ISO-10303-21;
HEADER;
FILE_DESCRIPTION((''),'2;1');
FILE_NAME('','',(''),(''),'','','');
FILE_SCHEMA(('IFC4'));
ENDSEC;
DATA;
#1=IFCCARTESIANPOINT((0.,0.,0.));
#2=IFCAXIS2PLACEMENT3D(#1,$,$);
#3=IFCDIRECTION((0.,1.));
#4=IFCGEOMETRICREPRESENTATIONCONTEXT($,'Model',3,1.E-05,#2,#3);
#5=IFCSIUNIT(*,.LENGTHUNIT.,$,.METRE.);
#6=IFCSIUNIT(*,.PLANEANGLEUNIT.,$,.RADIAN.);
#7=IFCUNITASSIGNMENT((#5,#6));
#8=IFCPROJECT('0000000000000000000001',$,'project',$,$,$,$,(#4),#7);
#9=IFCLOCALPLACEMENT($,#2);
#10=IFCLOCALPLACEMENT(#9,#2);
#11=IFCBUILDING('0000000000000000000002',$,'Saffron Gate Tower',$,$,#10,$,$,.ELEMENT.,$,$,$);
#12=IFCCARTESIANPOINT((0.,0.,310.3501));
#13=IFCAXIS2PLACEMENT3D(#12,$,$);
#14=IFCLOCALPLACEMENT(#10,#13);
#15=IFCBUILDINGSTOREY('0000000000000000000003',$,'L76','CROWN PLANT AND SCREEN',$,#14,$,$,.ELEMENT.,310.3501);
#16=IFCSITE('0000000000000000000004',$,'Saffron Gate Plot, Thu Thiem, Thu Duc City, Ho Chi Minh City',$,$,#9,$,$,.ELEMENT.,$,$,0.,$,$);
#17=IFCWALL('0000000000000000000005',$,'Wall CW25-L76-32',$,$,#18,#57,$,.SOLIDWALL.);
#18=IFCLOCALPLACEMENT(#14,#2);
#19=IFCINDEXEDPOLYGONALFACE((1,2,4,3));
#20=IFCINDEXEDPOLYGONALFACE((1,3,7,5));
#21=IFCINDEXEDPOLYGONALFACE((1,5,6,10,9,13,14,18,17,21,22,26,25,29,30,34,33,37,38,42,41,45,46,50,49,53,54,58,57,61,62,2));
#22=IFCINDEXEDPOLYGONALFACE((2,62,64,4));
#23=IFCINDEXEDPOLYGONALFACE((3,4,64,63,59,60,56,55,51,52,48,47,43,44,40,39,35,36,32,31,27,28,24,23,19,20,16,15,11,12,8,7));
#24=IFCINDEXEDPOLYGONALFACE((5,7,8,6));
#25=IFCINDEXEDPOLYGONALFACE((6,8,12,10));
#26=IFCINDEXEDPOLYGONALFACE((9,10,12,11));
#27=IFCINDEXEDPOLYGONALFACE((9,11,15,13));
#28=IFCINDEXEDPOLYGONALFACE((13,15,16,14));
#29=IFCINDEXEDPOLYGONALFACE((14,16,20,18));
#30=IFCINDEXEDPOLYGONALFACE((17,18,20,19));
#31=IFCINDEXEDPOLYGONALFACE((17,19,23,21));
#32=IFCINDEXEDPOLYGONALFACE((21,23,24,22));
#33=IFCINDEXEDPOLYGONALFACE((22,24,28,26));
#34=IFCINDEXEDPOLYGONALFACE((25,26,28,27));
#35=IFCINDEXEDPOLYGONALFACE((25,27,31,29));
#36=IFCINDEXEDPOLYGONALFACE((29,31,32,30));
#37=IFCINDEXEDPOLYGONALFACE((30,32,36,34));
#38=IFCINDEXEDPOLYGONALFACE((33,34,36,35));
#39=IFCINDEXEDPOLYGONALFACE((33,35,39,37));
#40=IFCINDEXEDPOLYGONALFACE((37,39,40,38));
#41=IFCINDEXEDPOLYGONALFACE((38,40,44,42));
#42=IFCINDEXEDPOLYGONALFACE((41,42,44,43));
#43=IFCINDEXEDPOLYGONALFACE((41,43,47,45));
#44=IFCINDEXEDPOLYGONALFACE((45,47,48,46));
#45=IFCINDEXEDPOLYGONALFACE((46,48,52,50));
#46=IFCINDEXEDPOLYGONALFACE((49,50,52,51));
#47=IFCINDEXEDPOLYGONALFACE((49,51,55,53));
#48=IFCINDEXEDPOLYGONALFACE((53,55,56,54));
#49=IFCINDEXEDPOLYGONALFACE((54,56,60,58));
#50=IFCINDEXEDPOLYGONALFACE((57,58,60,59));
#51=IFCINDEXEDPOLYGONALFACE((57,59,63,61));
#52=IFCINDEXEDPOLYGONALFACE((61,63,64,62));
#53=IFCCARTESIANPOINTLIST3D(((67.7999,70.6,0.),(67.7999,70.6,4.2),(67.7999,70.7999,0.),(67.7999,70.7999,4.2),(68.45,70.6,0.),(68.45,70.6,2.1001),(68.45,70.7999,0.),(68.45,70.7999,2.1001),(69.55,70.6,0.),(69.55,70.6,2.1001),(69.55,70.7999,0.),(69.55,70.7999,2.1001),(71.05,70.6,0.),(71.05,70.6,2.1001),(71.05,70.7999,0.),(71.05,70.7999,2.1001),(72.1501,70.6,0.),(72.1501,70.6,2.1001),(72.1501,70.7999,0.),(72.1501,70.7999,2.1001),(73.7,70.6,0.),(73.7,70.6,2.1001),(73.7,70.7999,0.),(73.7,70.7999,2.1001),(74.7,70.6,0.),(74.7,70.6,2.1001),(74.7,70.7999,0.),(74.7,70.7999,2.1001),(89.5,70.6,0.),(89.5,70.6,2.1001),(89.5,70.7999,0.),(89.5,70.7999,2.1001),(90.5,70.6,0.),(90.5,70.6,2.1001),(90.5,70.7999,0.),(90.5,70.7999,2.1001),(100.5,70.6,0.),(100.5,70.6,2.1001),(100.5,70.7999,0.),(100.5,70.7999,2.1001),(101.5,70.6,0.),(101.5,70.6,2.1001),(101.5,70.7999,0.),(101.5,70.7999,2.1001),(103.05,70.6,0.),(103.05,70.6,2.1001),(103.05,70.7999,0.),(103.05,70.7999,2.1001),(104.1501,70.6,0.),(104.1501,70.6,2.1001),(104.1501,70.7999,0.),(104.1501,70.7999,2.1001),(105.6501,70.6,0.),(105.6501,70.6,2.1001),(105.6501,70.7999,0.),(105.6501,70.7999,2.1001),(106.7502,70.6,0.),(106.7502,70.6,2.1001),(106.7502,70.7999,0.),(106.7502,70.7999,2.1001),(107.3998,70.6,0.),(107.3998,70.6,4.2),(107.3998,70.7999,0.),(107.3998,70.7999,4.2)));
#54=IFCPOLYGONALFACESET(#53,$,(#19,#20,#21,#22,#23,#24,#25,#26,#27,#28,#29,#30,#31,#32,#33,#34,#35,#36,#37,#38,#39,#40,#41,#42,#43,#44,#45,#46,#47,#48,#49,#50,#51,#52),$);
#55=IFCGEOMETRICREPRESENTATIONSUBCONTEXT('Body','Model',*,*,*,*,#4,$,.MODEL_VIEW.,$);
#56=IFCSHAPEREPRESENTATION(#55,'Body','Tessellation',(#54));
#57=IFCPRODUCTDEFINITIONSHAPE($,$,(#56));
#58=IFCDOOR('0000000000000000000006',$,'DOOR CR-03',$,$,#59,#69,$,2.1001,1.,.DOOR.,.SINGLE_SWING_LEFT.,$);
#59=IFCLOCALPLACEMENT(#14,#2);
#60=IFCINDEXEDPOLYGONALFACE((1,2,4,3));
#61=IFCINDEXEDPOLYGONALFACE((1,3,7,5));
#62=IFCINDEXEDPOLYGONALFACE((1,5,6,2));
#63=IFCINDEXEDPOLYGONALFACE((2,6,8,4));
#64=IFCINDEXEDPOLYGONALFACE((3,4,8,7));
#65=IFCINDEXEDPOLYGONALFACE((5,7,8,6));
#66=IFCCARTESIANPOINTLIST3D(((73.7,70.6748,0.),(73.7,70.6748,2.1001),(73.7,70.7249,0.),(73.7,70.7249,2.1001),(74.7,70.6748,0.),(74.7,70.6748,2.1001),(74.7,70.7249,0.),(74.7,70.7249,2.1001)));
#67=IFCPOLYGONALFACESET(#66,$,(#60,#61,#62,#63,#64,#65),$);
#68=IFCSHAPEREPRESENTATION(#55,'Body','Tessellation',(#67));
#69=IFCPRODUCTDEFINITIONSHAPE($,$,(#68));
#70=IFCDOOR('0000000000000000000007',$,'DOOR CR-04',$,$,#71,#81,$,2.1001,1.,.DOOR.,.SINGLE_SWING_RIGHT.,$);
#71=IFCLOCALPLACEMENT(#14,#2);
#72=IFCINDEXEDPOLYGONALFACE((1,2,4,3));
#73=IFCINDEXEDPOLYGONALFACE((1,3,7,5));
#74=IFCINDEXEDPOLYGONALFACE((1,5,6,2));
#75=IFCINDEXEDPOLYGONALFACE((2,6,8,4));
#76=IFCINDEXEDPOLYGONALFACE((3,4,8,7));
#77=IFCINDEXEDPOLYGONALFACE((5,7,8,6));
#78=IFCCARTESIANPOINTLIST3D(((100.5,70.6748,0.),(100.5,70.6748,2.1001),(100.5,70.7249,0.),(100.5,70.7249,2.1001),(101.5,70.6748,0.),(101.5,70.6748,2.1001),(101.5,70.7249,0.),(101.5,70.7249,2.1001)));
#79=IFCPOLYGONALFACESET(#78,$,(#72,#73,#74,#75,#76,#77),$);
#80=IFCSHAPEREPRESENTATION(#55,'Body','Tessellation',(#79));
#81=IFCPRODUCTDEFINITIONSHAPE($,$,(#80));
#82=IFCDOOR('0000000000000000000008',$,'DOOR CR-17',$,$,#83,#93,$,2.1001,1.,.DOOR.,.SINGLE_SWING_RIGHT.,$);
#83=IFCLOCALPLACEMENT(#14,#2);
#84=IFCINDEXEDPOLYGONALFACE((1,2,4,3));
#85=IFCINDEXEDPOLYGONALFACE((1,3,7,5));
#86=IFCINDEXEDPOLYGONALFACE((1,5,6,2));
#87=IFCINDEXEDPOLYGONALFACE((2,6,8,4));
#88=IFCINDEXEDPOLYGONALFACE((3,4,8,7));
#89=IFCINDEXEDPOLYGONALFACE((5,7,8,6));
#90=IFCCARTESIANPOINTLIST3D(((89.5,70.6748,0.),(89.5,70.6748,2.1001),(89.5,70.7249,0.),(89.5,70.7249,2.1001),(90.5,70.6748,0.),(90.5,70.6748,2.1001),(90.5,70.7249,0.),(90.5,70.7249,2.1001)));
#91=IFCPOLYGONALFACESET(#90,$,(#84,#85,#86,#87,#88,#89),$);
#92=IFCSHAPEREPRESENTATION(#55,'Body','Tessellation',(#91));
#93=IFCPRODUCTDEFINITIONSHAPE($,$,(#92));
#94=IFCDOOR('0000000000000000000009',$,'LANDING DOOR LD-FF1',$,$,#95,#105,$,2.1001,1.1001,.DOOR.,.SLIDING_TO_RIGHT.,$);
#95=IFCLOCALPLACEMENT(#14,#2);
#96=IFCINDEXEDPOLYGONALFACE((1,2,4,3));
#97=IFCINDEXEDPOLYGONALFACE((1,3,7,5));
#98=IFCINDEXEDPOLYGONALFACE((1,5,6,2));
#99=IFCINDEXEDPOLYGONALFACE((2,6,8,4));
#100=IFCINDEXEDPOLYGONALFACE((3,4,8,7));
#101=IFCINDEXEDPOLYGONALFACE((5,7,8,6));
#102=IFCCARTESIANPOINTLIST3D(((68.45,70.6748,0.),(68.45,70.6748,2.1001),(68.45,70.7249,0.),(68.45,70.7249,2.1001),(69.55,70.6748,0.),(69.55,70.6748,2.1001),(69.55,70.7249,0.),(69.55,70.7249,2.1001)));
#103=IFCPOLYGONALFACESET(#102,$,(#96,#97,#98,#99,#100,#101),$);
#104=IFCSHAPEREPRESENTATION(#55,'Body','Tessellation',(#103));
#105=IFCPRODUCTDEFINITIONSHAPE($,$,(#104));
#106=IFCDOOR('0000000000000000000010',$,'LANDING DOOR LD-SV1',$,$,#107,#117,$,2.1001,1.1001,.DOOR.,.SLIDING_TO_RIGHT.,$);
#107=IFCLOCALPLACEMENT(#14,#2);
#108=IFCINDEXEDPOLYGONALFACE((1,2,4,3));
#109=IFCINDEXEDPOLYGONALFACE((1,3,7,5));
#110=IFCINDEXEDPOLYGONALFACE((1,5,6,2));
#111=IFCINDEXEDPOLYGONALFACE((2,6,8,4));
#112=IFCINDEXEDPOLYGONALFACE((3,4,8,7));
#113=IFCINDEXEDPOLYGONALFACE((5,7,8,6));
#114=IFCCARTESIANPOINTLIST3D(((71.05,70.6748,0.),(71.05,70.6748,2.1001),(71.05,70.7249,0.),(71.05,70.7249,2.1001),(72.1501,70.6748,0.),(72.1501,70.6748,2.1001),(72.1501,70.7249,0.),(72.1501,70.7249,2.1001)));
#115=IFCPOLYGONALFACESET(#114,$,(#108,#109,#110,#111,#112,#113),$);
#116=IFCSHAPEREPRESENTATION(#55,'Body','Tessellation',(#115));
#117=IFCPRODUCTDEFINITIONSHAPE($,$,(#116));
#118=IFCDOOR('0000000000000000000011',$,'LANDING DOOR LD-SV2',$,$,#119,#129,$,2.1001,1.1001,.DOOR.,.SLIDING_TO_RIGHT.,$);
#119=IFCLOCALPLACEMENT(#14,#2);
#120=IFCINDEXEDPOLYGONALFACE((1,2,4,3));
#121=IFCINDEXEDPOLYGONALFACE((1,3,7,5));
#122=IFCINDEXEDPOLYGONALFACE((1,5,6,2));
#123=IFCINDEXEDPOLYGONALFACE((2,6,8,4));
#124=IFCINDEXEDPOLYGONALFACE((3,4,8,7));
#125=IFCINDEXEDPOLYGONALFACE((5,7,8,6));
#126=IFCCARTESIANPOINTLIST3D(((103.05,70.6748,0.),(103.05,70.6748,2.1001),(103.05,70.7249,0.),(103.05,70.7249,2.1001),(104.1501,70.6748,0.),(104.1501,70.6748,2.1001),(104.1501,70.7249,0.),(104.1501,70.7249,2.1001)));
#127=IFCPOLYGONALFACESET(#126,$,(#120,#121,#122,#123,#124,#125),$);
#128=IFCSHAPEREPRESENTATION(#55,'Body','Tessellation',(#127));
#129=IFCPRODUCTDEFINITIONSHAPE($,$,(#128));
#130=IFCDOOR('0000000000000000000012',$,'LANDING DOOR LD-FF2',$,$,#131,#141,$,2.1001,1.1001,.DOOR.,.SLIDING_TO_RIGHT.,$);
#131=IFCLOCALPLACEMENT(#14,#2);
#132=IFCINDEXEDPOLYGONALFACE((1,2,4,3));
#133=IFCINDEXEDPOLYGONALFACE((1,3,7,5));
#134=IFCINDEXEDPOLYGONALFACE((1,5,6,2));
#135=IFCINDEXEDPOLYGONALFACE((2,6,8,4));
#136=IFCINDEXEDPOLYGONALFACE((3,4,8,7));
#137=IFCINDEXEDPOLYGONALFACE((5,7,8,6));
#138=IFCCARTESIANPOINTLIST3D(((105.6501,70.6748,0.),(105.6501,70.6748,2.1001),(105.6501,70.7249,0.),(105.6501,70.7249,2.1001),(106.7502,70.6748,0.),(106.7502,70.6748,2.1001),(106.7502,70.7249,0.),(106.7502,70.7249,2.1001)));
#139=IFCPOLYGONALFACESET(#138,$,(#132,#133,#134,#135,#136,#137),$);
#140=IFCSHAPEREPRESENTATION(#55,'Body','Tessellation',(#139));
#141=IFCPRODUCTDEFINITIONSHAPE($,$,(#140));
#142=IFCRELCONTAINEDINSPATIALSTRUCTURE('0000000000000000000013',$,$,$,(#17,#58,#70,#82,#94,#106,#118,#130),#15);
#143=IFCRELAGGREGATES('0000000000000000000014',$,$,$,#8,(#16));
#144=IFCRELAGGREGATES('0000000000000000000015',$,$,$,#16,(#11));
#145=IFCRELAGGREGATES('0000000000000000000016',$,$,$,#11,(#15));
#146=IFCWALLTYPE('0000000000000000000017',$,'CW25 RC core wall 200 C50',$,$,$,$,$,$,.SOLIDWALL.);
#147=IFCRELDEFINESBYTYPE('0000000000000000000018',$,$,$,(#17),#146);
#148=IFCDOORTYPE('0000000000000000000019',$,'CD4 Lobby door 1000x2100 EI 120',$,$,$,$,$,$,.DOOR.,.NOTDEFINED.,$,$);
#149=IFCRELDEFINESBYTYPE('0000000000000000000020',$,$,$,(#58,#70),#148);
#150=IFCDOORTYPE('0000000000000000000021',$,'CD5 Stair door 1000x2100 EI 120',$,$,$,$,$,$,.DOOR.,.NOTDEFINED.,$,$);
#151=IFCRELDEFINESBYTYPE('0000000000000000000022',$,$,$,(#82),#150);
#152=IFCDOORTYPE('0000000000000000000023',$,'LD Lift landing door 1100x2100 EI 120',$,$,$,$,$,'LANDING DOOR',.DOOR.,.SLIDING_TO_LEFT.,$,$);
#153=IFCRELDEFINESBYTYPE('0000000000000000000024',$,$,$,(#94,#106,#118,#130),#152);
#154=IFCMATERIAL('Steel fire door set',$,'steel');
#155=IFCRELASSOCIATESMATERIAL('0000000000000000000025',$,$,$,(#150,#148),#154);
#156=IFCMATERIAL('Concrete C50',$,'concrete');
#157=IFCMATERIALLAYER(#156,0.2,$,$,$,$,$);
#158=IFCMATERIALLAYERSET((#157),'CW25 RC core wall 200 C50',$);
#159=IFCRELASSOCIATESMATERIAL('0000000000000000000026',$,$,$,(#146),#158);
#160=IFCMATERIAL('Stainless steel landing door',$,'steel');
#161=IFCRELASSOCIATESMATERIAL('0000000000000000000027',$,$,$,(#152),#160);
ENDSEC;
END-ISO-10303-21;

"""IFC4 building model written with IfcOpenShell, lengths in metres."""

from ifc_helpers import new_model, si_unit, direction, frame, frame_2d, origin, place, context, subcontext, project, spatial, rectangle, extrude, material, layer, layer_set, type_object, element, fill, save


model = new_model("IFC4")

# Units and contexts
model_context = context("Model", 3, precision=1e-05, world=origin(), true_north=direction((0.0, 1.0)))
body_context = subcontext(model_context, "Body", "Model", "MODEL_VIEW")
ifc_project = project(units=[si_unit("LENGTHUNIT", "METRE"), si_unit("PLANEANGLEUNIT", "RADIAN")], contexts=[model_context])

# Site, building, storey
site_placement = place(None, origin())
site = spatial("IfcSite", under=ifc_project, at=site_placement, Name="Saffron Gate Plot, Thu Thiem, Thu Duc City, Ho Chi Minh City", CompositionType="ELEMENT", RefElevation=0.0)
building_placement = place(site_placement, origin())
building = spatial("IfcBuilding", under=site, at=building_placement, Name="Saffron Gate Tower", CompositionType="ELEMENT")
storey_placement = place(building_placement, frame((0.0, 0.0, 310.3501)))
storey = spatial("IfcBuildingStorey", under=building, at=storey_placement, Name="L76", Description="CROWN PLANT AND SCREEN", CompositionType="ELEMENT", Elevation=310.3501)

# Shared definitions
ifc_material_1 = material(Name="Concrete C50", Category="concrete")
ifc_material_2 = material(Name="Steel fire door set", Category="steel")

# Wall, openings, doors
door_type_1 = type_object("IfcDoorType", Name="CD5 Stair door 1000x2100 EI 120", OperationType="NOTDEFINED", PredefinedType="DOOR", material=ifc_material_2)
ifc_layer_1 = layer(ifc_material_1, 0.2)
ifc_layer_set_1 = layer_set([ifc_layer_1], Name="CW25 RC core wall 200 C50")
wall_type_1 = type_object("IfcWallType", Name="CW25 RC core wall 200 C50", PredefinedType="SOLIDWALL", material=ifc_layer_set_1)
wall_1_placement = place(storey_placement, frame((67.8, 70.7, 0.0), z_axis=(0.0, 0.0, 1.0), x_axis=(1.0, 0.0, 0.0)))
wall_1 = element("IfcWall", 1, at=wall_1_placement, inside=storey, type_object=wall_type_1, Name="Wall CW25-L76-32", PredefinedType="SOLIDWALL", context=body_context, shape_type="SweptSolid", body=[
    extrude(rectangle(XDim=39.5999, YDim=0.2, at=frame_2d((19.7998, 0.0))), origin(), (0.0, 0.0, 1.0), 4.2),
])
opening_1_placement = place(wall_1_placement, frame((0.6499, 0.0, 0.0)))
opening_1 = element("IfcOpeningElement", 2, at=opening_1_placement, cuts=wall_1, PredefinedType="OPENING", context=body_context, shape_type="SweptSolid", body=[
    extrude(rectangle(XDim=1.1001, YDim=2.1001, at=frame_2d((0.55, 1.05))), frame((0.0, 0.1099, 0.0), z_axis=(0.0, -1.0, 0.0), x_axis=(1.0, 0.0, 0.0)), (0.0, 0.0, 1.0), 0.22),
])
opening_2_placement = place(wall_1_placement, frame((3.25, 0.0, 0.0)))
opening_2 = element("IfcOpeningElement", 3, at=opening_2_placement, cuts=wall_1, PredefinedType="OPENING", context=body_context, shape_type="SweptSolid", body=[
    extrude(rectangle(XDim=1.1001, YDim=2.1001, at=frame_2d((0.55, 1.05))), frame((0.0, 0.1099, 0.0), z_axis=(0.0, -1.0, 0.0), x_axis=(1.0, 0.0, 0.0)), (0.0, 0.0, 1.0), 0.22),
])
opening_3_placement = place(wall_1_placement, frame((5.8999, 0.0, 0.0)))
opening_3 = element("IfcOpeningElement", 4, at=opening_3_placement, cuts=wall_1, PredefinedType="OPENING", context=body_context, shape_type="SweptSolid", body=[
    extrude(rectangle(XDim=1.0, YDim=2.1001, at=frame_2d((0.5, 1.05))), frame((0.0, 0.1099, 0.0), z_axis=(0.0, -1.0, 0.0), x_axis=(1.0, 0.0, 0.0)), (0.0, 0.0, 1.0), 0.22),
])
opening_4_placement = place(wall_1_placement, frame((21.7, 0.0, 0.0)))
opening_4 = element("IfcOpeningElement", 5, at=opening_4_placement, cuts=wall_1, PredefinedType="OPENING", context=body_context, shape_type="SweptSolid", body=[
    extrude(rectangle(XDim=1.0, YDim=2.1001, at=frame_2d((0.5, 1.05))), frame((0.0, 0.1099, 0.0), z_axis=(0.0, -1.0, 0.0), x_axis=(1.0, 0.0, 0.0)), (0.0, 0.0, 1.0), 0.22),
])
opening_5_placement = place(wall_1_placement, frame((32.7, 0.0, 0.0)))
opening_5 = element("IfcOpeningElement", 6, at=opening_5_placement, cuts=wall_1, PredefinedType="OPENING", context=body_context, shape_type="SweptSolid", body=[
    extrude(rectangle(XDim=1.0, YDim=2.1001, at=frame_2d((0.5, 1.05))), frame((0.0, 0.1099, 0.0), z_axis=(0.0, -1.0, 0.0), x_axis=(1.0, 0.0, 0.0)), (0.0, 0.0, 1.0), 0.22),
])
opening_6_placement = place(wall_1_placement, frame((35.25, 0.0, 0.0)))
opening_6 = element("IfcOpeningElement", 7, at=opening_6_placement, cuts=wall_1, PredefinedType="OPENING", context=body_context, shape_type="SweptSolid", body=[
    extrude(rectangle(XDim=1.1001, YDim=2.1001, at=frame_2d((0.55, 1.05))), frame((0.0, 0.1099, 0.0), z_axis=(0.0, -1.0, 0.0), x_axis=(1.0, 0.0, 0.0)), (0.0, 0.0, 1.0), 0.22),
])
opening_7_placement = place(wall_1_placement, frame((37.8501, 0.0, 0.0)))
opening_7 = element("IfcOpeningElement", 8, at=opening_7_placement, cuts=wall_1, PredefinedType="OPENING", context=body_context, shape_type="SweptSolid", body=[
    extrude(rectangle(XDim=1.1001, YDim=2.1001, at=frame_2d((0.55, 1.05))), frame((0.0, 0.1099, 0.0), z_axis=(0.0, -1.0, 0.0), x_axis=(1.0, 0.0, 0.0)), (0.0, 0.0, 1.0), 0.22),
])
door_type_2 = type_object("IfcDoorType", Name="CD4 Lobby door 1000x2100 EI 120", OperationType="NOTDEFINED", PredefinedType="DOOR", material=ifc_material_2)
door_1_placement = place(opening_3_placement, origin())
door_1 = element("IfcDoor", 9, at=door_1_placement, inside=storey, type_object=door_type_2, Name="DOOR CR-03", OperationType="SINGLE_SWING_LEFT", OverallHeight=2.1001, OverallWidth=1.0, PredefinedType="DOOR", context=body_context, shape_type="SweptSolid", body=[
    extrude(rectangle(XDim=1.0, YDim=2.1001, at=frame_2d((0.5, 1.05))), frame((0.0, 0.0249, 0.0), z_axis=(0.0, -1.0, 0.0), x_axis=(1.0, 0.0, 0.0)), (0.0, 0.0, 1.0), 0.05),
])
fill(opening_3, door_1)
door_2_placement = place(opening_5_placement, origin())
door_2 = element("IfcDoor", 10, at=door_2_placement, inside=storey, type_object=door_type_2, Name="DOOR CR-04", OperationType="SINGLE_SWING_RIGHT", OverallHeight=2.1001, OverallWidth=1.0, PredefinedType="DOOR", context=body_context, shape_type="SweptSolid", body=[
    extrude(rectangle(XDim=1.0, YDim=2.1001, at=frame_2d((0.5, 1.05))), frame((0.0, 0.0249, 0.0), z_axis=(0.0, -1.0, 0.0), x_axis=(1.0, 0.0, 0.0)), (0.0, 0.0, 1.0), 0.05),
])
fill(opening_5, door_2)
door_3_placement = place(opening_4_placement, origin())
door_3 = element("IfcDoor", 11, at=door_3_placement, inside=storey, type_object=door_type_1, Name="DOOR CR-17", OperationType="SINGLE_SWING_RIGHT", OverallHeight=2.1001, OverallWidth=1.0, PredefinedType="DOOR", context=body_context, shape_type="SweptSolid", body=[
    extrude(rectangle(XDim=1.0, YDim=2.1001, at=frame_2d((0.5, 1.05))), frame((0.0, 0.0249, 0.0), z_axis=(0.0, -1.0, 0.0), x_axis=(1.0, 0.0, 0.0)), (0.0, 0.0, 1.0), 0.05),
])
fill(opening_4, door_3)
ifc_material_3 = material(Name="Stainless steel landing door", Category="steel")
door_type_3 = type_object("IfcDoorType", Name="LD Lift landing door 1100x2100 EI 120", ElementType="LANDING DOOR", OperationType="SLIDING_TO_LEFT", PredefinedType="DOOR", material=ifc_material_3)
door_4_placement = place(opening_1_placement, origin())
door_4 = element("IfcDoor", 12, at=door_4_placement, inside=storey, type_object=door_type_3, Name="LANDING DOOR LD-FF1", OperationType="SLIDING_TO_RIGHT", OverallHeight=2.1001, OverallWidth=1.1001, PredefinedType="DOOR", context=body_context, shape_type="SweptSolid", body=[
    extrude(rectangle(XDim=1.1001, YDim=2.1001, at=frame_2d((0.55, 1.05))), frame((0.0, 0.0249, 0.0), z_axis=(0.0, -1.0, 0.0), x_axis=(1.0, 0.0, 0.0)), (0.0, 0.0, 1.0), 0.05),
])
fill(opening_1, door_4)
door_5_placement = place(opening_2_placement, origin())
door_5 = element("IfcDoor", 13, at=door_5_placement, inside=storey, type_object=door_type_3, Name="LANDING DOOR LD-SV1", OperationType="SLIDING_TO_RIGHT", OverallHeight=2.1001, OverallWidth=1.1001, PredefinedType="DOOR", context=body_context, shape_type="SweptSolid", body=[
    extrude(rectangle(XDim=1.1001, YDim=2.1001, at=frame_2d((0.55, 1.05))), frame((0.0, 0.0249, 0.0), z_axis=(0.0, -1.0, 0.0), x_axis=(1.0, 0.0, 0.0)), (0.0, 0.0, 1.0), 0.05),
])
fill(opening_2, door_5)
door_6_placement = place(opening_6_placement, origin())
door_6 = element("IfcDoor", 14, at=door_6_placement, inside=storey, type_object=door_type_3, Name="LANDING DOOR LD-SV2", OperationType="SLIDING_TO_RIGHT", OverallHeight=2.1001, OverallWidth=1.1001, PredefinedType="DOOR", context=body_context, shape_type="SweptSolid", body=[
    extrude(rectangle(XDim=1.1001, YDim=2.1001, at=frame_2d((0.55, 1.05))), frame((0.0, 0.0249, 0.0), z_axis=(0.0, -1.0, 0.0), x_axis=(1.0, 0.0, 0.0)), (0.0, 0.0, 1.0), 0.05),
])
fill(opening_6, door_6)
door_7_placement = place(opening_7_placement, origin())
door_7 = element("IfcDoor", 15, at=door_7_placement, inside=storey, type_object=door_type_3, Name="LANDING DOOR LD-FF2", OperationType="SLIDING_TO_RIGHT", OverallHeight=2.1001, OverallWidth=1.1001, PredefinedType="DOOR", context=body_context, shape_type="SweptSolid", body=[
    extrude(rectangle(XDim=1.1001, YDim=2.1001, at=frame_2d((0.55, 1.05))), frame((0.0, 0.0249, 0.0), z_axis=(0.0, -1.0, 0.0), x_axis=(1.0, 0.0, 0.0)), (0.0, 0.0, 1.0), 0.05),
])
fill(opening_7, door_7)

save(model, "model.ifc")
